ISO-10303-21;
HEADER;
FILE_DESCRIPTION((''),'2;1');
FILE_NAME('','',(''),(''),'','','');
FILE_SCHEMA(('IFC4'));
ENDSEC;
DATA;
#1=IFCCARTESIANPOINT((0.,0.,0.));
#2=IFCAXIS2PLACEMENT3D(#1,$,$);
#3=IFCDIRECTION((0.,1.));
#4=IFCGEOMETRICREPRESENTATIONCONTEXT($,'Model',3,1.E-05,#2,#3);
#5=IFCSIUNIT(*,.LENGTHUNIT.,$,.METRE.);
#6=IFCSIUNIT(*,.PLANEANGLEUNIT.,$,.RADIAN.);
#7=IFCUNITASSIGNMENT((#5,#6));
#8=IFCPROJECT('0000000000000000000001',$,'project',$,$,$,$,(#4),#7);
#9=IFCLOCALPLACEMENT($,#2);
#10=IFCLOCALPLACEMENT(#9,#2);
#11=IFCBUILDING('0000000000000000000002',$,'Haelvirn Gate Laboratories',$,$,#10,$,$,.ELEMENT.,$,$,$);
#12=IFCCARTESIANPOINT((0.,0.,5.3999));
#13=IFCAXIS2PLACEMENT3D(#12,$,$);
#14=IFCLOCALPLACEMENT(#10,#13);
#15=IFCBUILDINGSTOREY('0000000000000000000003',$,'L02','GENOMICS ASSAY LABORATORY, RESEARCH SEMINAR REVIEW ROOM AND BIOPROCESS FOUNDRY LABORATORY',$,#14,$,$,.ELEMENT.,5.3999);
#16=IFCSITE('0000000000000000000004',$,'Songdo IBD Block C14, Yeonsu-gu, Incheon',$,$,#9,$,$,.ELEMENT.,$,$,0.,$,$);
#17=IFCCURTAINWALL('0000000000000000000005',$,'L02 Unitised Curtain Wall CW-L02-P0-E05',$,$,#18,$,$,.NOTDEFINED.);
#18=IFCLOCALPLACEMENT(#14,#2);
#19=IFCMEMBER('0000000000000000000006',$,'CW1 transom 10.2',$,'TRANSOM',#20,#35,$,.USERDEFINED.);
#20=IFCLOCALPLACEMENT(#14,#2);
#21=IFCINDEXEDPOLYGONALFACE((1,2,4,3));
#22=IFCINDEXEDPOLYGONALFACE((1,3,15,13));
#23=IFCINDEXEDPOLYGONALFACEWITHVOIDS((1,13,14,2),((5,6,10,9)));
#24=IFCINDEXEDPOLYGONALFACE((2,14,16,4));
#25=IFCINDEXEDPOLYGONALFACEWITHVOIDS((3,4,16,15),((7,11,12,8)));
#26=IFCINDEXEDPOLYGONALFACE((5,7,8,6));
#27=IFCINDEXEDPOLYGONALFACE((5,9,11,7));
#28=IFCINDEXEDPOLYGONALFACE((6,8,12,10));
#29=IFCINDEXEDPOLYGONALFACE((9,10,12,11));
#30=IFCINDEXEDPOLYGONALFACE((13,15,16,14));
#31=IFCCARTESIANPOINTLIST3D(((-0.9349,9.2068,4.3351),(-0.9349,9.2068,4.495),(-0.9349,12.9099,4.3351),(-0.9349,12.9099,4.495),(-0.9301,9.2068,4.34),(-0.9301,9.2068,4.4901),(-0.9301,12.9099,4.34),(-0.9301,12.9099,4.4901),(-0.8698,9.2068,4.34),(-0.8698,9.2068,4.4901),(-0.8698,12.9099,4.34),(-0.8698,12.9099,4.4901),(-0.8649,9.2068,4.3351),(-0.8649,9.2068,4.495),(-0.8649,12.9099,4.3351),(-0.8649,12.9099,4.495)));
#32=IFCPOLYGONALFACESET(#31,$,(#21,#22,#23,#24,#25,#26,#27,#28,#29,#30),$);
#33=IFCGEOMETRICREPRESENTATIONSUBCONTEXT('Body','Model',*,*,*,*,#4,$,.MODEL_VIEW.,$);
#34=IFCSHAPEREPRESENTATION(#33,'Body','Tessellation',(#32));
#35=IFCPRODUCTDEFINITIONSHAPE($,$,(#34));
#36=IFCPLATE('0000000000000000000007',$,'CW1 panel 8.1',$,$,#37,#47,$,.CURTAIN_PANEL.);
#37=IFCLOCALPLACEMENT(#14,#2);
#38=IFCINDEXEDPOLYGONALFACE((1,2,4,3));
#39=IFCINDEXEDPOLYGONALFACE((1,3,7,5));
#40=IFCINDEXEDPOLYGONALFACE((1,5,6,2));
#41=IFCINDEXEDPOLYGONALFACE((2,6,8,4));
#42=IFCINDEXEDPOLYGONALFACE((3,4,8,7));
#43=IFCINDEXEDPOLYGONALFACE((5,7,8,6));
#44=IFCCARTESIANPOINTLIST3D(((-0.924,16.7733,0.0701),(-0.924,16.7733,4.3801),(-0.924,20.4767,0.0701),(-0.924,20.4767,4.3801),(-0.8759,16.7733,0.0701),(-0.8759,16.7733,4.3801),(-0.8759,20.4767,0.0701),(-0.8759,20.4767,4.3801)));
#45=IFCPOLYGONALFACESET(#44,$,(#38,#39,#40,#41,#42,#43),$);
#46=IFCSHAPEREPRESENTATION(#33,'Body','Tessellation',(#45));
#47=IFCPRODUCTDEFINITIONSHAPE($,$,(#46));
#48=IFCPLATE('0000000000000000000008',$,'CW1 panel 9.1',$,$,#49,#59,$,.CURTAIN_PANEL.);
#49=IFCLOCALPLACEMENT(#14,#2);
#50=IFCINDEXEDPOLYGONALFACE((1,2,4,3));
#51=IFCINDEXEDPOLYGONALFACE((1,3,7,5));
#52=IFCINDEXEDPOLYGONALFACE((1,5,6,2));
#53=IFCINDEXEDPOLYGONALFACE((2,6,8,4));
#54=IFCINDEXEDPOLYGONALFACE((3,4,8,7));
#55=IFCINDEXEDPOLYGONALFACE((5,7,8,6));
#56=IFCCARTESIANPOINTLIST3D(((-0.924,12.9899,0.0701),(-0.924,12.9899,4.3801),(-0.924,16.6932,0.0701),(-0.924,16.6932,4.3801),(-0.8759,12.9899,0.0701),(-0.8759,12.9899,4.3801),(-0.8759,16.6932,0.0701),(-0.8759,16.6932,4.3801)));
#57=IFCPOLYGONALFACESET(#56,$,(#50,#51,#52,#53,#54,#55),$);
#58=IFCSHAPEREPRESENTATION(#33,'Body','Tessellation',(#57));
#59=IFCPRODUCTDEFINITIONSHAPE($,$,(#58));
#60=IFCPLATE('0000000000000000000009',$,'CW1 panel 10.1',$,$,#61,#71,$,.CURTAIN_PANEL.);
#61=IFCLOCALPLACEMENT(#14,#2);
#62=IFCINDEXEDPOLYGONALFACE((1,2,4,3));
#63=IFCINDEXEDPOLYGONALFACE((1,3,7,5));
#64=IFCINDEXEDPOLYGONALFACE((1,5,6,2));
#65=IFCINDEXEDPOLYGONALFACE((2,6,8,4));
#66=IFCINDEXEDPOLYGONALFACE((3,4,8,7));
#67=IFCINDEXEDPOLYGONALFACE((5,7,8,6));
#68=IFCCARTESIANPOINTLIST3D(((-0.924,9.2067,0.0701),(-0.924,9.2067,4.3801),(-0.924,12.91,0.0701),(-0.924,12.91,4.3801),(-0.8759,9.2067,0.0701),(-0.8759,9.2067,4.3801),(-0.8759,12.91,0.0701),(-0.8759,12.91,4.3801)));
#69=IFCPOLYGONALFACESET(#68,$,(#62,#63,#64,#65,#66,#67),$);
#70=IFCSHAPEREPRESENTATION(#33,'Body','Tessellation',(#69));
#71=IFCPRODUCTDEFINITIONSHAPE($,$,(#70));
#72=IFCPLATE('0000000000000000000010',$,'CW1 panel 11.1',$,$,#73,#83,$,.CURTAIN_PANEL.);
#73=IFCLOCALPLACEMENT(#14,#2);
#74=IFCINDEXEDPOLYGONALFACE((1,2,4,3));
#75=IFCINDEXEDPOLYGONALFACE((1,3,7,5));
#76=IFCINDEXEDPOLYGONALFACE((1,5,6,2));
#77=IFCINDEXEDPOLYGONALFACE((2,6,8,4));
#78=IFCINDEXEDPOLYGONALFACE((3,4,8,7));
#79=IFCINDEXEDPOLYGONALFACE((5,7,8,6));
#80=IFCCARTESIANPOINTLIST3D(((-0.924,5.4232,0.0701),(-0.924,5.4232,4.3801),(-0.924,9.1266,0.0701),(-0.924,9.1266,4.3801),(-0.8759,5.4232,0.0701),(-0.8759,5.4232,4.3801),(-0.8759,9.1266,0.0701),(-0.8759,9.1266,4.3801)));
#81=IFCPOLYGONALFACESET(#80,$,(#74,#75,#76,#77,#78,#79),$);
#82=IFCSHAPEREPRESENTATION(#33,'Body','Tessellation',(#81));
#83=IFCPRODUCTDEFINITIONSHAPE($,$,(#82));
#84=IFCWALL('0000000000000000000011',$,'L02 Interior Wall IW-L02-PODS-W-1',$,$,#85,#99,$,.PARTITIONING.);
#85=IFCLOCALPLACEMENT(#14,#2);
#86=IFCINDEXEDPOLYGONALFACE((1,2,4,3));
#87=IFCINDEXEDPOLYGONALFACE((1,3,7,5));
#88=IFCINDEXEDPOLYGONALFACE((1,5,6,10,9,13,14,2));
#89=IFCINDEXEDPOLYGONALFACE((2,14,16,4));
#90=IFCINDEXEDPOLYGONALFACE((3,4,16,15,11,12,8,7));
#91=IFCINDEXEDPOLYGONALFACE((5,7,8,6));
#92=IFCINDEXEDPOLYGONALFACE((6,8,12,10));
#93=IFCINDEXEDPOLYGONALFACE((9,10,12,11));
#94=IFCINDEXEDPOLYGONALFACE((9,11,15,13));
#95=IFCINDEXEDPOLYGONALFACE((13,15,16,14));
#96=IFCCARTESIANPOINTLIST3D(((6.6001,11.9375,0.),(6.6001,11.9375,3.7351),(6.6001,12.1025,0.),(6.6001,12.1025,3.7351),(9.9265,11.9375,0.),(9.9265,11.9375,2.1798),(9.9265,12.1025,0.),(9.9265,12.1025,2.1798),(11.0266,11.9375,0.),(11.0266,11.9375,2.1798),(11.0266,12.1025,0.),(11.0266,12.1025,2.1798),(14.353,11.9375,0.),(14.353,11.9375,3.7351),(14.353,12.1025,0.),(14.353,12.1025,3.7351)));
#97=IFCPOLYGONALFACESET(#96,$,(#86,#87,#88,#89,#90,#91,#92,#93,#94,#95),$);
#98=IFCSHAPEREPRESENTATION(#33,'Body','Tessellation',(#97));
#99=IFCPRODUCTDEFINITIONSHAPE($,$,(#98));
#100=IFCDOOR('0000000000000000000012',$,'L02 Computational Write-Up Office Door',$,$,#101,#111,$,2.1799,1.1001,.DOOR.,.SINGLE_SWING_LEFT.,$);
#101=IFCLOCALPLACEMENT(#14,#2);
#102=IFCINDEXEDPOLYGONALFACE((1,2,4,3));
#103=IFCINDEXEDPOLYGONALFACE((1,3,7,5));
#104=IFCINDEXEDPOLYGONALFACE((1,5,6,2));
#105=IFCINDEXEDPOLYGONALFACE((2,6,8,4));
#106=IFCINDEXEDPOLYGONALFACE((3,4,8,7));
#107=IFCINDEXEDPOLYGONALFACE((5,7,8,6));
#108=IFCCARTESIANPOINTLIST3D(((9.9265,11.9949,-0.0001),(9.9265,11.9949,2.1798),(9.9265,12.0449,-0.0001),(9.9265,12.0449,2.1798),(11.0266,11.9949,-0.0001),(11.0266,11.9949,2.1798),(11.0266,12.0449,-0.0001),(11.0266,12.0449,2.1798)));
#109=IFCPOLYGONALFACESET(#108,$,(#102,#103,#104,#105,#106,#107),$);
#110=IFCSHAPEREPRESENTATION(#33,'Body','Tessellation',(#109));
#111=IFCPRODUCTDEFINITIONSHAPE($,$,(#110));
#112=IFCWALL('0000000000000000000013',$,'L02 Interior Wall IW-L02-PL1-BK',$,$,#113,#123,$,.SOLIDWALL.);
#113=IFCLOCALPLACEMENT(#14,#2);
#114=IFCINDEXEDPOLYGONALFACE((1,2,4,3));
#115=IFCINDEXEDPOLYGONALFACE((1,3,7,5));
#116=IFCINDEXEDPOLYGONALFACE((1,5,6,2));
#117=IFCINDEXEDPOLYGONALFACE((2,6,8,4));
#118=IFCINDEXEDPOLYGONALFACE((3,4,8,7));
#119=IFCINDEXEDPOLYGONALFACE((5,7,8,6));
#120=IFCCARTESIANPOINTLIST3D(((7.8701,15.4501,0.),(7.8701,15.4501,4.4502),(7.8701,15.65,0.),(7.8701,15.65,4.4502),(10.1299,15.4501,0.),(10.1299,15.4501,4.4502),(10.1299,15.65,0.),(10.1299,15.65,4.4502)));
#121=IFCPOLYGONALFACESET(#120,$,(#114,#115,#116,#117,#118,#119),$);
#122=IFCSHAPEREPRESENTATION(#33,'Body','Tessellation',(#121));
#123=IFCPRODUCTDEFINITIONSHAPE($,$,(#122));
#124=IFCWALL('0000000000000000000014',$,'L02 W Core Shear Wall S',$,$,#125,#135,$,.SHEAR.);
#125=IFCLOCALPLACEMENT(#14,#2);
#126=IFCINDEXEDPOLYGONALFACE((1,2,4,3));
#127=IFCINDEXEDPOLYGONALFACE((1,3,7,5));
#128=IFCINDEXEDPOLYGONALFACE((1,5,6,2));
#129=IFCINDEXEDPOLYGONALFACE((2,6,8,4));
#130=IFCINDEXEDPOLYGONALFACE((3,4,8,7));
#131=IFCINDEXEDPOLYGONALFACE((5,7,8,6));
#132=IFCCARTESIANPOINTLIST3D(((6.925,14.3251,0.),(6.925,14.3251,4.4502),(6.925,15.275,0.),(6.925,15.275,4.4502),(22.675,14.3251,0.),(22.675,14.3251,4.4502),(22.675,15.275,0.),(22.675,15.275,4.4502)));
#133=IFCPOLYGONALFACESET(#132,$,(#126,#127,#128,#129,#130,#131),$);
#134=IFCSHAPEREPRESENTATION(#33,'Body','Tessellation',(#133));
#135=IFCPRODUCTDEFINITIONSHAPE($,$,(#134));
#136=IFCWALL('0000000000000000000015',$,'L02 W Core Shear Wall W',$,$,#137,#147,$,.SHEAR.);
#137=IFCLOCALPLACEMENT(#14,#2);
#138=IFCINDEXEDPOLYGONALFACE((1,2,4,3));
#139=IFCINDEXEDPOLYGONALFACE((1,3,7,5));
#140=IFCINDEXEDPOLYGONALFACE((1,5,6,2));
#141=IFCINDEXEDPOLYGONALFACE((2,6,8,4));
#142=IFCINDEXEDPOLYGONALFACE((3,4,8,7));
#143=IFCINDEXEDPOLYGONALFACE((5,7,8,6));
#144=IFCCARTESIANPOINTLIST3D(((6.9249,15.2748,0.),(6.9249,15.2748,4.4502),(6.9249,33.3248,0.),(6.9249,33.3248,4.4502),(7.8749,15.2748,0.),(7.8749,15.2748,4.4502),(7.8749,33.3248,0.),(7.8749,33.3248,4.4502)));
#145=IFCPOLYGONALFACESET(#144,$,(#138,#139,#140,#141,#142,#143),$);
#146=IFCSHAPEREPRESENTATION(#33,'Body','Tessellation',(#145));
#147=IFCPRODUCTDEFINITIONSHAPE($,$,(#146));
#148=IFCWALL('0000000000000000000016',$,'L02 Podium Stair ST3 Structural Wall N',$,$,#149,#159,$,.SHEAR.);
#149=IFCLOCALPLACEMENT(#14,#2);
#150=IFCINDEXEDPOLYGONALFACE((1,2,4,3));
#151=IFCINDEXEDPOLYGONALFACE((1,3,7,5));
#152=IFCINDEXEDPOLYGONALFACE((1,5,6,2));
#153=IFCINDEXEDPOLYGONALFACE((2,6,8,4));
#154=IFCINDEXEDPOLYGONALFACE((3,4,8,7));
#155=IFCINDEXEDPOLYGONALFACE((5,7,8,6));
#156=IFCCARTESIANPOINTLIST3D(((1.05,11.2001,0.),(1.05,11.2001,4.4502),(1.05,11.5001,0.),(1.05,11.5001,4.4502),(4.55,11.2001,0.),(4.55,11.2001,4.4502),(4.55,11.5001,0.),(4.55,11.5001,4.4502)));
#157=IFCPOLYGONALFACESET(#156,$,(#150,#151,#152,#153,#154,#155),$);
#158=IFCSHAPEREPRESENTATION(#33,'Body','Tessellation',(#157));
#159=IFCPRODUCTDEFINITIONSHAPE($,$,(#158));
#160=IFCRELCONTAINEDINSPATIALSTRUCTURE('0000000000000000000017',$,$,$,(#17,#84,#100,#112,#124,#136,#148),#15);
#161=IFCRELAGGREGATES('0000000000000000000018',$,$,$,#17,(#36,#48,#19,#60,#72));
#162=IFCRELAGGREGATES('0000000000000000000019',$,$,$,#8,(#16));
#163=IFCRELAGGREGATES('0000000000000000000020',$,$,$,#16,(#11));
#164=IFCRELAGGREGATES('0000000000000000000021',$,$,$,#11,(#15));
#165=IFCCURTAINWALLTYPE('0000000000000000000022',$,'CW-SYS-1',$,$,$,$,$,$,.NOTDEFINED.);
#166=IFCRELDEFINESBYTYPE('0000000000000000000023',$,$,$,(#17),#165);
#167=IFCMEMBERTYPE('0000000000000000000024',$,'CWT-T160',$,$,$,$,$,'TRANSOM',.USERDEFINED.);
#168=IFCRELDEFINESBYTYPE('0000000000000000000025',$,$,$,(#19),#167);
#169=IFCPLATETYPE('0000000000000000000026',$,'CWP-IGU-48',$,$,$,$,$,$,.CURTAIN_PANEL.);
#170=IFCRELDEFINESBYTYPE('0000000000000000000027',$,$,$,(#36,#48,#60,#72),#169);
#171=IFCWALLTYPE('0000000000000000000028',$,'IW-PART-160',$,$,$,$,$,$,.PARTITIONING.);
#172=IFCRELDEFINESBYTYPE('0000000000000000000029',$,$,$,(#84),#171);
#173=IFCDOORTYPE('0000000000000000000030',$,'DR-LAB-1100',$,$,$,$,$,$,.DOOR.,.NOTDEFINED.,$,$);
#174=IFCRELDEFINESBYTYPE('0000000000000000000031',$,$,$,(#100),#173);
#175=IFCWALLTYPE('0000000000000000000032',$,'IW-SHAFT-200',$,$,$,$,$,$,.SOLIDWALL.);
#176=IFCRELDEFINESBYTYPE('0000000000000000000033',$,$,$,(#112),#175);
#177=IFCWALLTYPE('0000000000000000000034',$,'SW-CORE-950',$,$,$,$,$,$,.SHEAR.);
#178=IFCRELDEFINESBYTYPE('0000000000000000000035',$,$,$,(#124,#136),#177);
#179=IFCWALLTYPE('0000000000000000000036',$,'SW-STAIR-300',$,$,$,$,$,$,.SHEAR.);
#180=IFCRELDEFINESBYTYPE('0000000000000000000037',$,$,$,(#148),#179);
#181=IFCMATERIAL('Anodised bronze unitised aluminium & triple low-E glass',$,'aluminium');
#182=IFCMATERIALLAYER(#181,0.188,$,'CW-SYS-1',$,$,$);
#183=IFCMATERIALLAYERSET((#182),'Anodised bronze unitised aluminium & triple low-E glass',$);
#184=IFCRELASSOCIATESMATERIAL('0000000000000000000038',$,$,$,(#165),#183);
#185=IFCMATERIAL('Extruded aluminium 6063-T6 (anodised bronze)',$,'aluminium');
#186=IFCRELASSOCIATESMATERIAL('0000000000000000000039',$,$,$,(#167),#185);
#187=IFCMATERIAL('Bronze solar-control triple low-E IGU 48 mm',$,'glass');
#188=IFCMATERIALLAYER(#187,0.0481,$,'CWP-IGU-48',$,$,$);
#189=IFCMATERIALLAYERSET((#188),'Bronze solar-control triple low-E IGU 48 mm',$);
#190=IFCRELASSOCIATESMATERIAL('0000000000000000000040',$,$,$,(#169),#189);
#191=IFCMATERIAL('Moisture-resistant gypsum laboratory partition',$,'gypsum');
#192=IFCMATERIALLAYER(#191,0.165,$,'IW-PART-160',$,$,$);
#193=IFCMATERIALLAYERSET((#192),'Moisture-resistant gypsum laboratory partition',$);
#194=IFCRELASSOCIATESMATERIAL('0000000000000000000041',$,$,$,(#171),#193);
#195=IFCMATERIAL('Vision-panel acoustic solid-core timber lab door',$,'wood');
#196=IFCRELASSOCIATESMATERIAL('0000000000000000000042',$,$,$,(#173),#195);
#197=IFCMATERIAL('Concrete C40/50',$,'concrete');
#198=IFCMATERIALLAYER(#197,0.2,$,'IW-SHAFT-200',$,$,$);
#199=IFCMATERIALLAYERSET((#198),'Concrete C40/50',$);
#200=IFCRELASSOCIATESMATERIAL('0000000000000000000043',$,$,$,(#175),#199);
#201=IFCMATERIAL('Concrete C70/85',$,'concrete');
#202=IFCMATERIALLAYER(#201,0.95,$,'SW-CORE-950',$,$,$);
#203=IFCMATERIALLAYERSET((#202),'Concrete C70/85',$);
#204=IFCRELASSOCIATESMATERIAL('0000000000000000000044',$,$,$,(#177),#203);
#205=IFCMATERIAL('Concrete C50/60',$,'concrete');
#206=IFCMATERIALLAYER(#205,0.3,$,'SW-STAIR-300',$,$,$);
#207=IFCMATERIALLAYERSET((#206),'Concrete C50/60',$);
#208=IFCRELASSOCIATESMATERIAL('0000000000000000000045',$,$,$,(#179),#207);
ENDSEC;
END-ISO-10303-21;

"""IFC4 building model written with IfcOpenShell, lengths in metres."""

from ifc_helpers import new_model, si_unit, direction, frame, frame_2d, origin, origin_2d, place, context, subcontext, project, spatial, rectangle, hollow_rectangle, extrude, source, transform, mapped, material, layer, layer_set, material_profile, profile_set, type_object, type_shapes, element, fill, aggregate, save


model = new_model("IFC4")

# Units and contexts
model_context = context("Model", 3, precision=1e-05, world=origin(), true_north=direction((0.0, 1.0)))
body_context = subcontext(model_context, "Body", "Model", "MODEL_VIEW")
ifc_project = project(units=[si_unit("LENGTHUNIT", "METRE"), si_unit("PLANEANGLEUNIT", "RADIAN")], contexts=[model_context])

# Site, building, storey
site_placement = place(None, origin())
site = spatial("IfcSite", under=ifc_project, at=site_placement, Name="Songdo IBD Block C14, Yeonsu-gu, Incheon", CompositionType="ELEMENT", RefElevation=0.0)
building_placement = place(site_placement, origin())
building = spatial("IfcBuilding", under=site, at=building_placement, Name="Haelvirn Gate Laboratories", CompositionType="ELEMENT")
storey_placement = place(building_placement, frame((0.0, 0.0, 5.3999)))
storey = spatial("IfcBuildingStorey", under=building, at=storey_placement, Name="L02", Description="GENOMICS ASSAY LABORATORY, RESEARCH SEMINAR REVIEW ROOM AND BIOPROCESS FOUNDRY LABORATORY", CompositionType="ELEMENT", Elevation=5.3999)

# Shared definitions
ifc_material_1 = material(Name="Concrete C70/85", Category="concrete")

# Curtain wall, member, plates
ifc_material_2 = material(Name="Anodised bronze unitised aluminium & triple low-E glass", Category="aluminium")
ifc_layer_1 = layer(ifc_material_2, 0.188, Name="CW-SYS-1")
ifc_layer_set_1 = layer_set([ifc_layer_1], Name="Anodised bronze unitised aluminium & triple low-E glass")
curtain_wall_type = type_object("IfcCurtainWallType", Name="CW-SYS-1", PredefinedType="NOTDEFINED", material=ifc_layer_set_1)
curtain_wall_placement = place(storey_placement, origin())
curtain_wall = element("IfcCurtainWall", 1, at=curtain_wall_placement, inside=storey, type_object=curtain_wall_type, Name="L02 Unitised Curtain Wall CW-L02-P0-E05", PredefinedType="NOTDEFINED")
ifc_material_3 = material(Name="Extruded aluminium 6063-T6 (anodised bronze)", Category="aluminium")
ifc_material_profile_1 = material_profile(ifc_material_3, hollow_rectangle(XDim=0.0701, YDim=0.1599, WallThickness=0.0049, at=origin_2d()), Name="CWT-160x70x5")
ifc_profile_set_1 = profile_set([ifc_material_profile_1], Name="Extruded aluminium 6063-T6 (anodised bronze)")
member_type_1 = type_object("IfcMemberType", Name="CWT-T160", ElementType="TRANSOM", PredefinedType="USERDEFINED", material=ifc_profile_set_1)
shared_shape_1 = source(origin(), body_context, "Body", "SweptSolid", [
    extrude(hollow_rectangle(XDim=0.0701, YDim=0.1599, WallThickness=0.0049, at=origin_2d()), origin(), (0.0, 0.0, 1.0), 3.7031),
])
member_1_placement = place(storey_placement, frame((-0.8999, 12.9099, 4.415), z_axis=(0.0, -1.0, 0.0), x_axis=(1.0, 0.0, 0.0)))
member_1 = element("IfcMember", 2, at=member_1_placement, type_object=member_type_1, Name="CW1 transom 10.2", ObjectType="TRANSOM", PredefinedType="USERDEFINED", context=body_context, shape_type="MappedRepresentation", body=[
    mapped(shared_shape_1, transform((0.0, 0.0, 0.0), scale=1.0)),
])
ifc_material_4 = material(Name="Bronze solar-control triple low-E IGU 48 mm", Category="glass")
ifc_layer_2 = layer(ifc_material_4, 0.0481, Name="CWP-IGU-48")
ifc_layer_set_2 = layer_set([ifc_layer_2], Name="Bronze solar-control triple low-E IGU 48 mm")
plate_type = type_object("IfcPlateType", Name="CWP-IGU-48", PredefinedType="CURTAIN_PANEL", material=ifc_layer_set_2)
shared_shape_2 = source(origin(), body_context, "Body", "SweptSolid", [
    extrude(rectangle(XDim=3.7034, YDim=0.0481, at=origin_2d()), origin(), (0.0, 0.0, 1.0), 4.3101),
])
type_shapes(plate_type, [shared_shape_2])
plate_1_placement = place(storey_placement, frame((-0.8999, 18.625, 0.0701), z_axis=(0.0, 0.0, 1.0), x_axis=(0.0, -1.0, 0.0)))
plate_1 = element("IfcPlate", 3, at=plate_1_placement, type_object=plate_type, Name="CW1 panel 8.1", PredefinedType="CURTAIN_PANEL", context=body_context, shape_type="MappedRepresentation", body=[
    mapped(shared_shape_2, transform((0.0, 0.0, 0.0), scale=1.0)),
])
plate_2_placement = place(storey_placement, frame((-0.8999, 14.8416, 0.0701), z_axis=(0.0, 0.0, 1.0), x_axis=(0.0, -1.0, 0.0)))
plate_2 = element("IfcPlate", 4, at=plate_2_placement, type_object=plate_type, Name="CW1 panel 9.1", PredefinedType="CURTAIN_PANEL", context=body_context, shape_type="MappedRepresentation", body=[
    mapped(shared_shape_2, transform((0.0, 0.0, 0.0), scale=1.0)),
])
plate_3_placement = place(storey_placement, frame((-0.8999, 11.0583, 0.0701), z_axis=(0.0, 0.0, 1.0), x_axis=(0.0, -1.0, 0.0)))
plate_3 = element("IfcPlate", 5, at=plate_3_placement, type_object=plate_type, Name="CW1 panel 10.1", PredefinedType="CURTAIN_PANEL", context=body_context, shape_type="MappedRepresentation", body=[
    mapped(shared_shape_2, transform((0.0, 0.0, 0.0), scale=1.0)),
])
plate_4_placement = place(storey_placement, frame((-0.8999, 7.2749, 0.0701), z_axis=(0.0, 0.0, 1.0), x_axis=(0.0, -1.0, 0.0)))
plate_4 = element("IfcPlate", 6, at=plate_4_placement, type_object=plate_type, Name="CW1 panel 11.1", PredefinedType="CURTAIN_PANEL", context=body_context, shape_type="MappedRepresentation", body=[
    mapped(shared_shape_2, transform((0.0, 0.0, 0.0), scale=1.0)),
])
aggregate(curtain_wall, [plate_1, plate_2, member_1, plate_3, plate_4])

# Wall, opening, door
ifc_material_5 = material(Name="Moisture-resistant gypsum laboratory partition", Category="gypsum")
ifc_layer_3 = layer(ifc_material_5, 0.165, Name="IW-PART-160")
ifc_layer_set_3 = layer_set([ifc_layer_3], Name="Moisture-resistant gypsum laboratory partition")
wall_type_1 = type_object("IfcWallType", Name="IW-PART-160", PredefinedType="PARTITIONING", material=ifc_layer_set_3)
wall_1_placement = place(storey_placement, frame((6.6001, 12.02, 0.0), z_axis=(0.0, 0.0, 1.0), x_axis=(1.0, 0.0, 0.0)))
wall_1 = element("IfcWall", 7, at=wall_1_placement, inside=storey, type_object=wall_type_1, Name="L02 Interior Wall IW-L02-PODS-W-1", PredefinedType="PARTITIONING", context=body_context, shape_type="SweptSolid", body=[
    extrude(rectangle(XDim=7.7529, YDim=0.165, at=frame_2d((3.8765, 0.0))), origin(), (0.0, 0.0, 1.0), 3.7351),
])
opening_1_placement = place(wall_1_placement, frame((3.3264, 0.0, 0.0)))
opening_1 = element("IfcOpeningElement", 8, at=opening_1_placement, cuts=wall_1, PredefinedType="OPENING", context=body_context, shape_type="SweptSolid", body=[
    extrude(rectangle(XDim=1.1001, YDim=2.1799, at=frame_2d((0.55, 1.0898))), frame((0.0, 0.0925, 0.0), z_axis=(0.0, -1.0, 0.0), x_axis=(1.0, 0.0, 0.0)), (0.0, 0.0, 1.0), 0.1851),
])
ifc_material_6 = material(Name="Vision-panel acoustic solid-core timber lab door", Category="wood")
door_type_1 = type_object("IfcDoorType", Name="DR-LAB-1100", OperationType="NOTDEFINED", PredefinedType="DOOR", material=ifc_material_6)
shared_shape_3 = source(origin(), body_context, "Body", "SweptSolid", [
    extrude(rectangle(XDim=1.1001, YDim=2.1799, at=frame_2d((0.55, 1.0898))), frame((0.0, 0.0249, 0.0), z_axis=(0.0, -1.0, 0.0), x_axis=(1.0, 0.0, 0.0)), (0.0, 0.0, 1.0), 0.05),
])
type_shapes(door_type_1, [shared_shape_3])
door_1_placement = place(opening_1_placement, origin())
door_1 = element("IfcDoor", 9, at=door_1_placement, inside=storey, type_object=door_type_1, Name="L02 Computational Write-Up Office Door", OperationType="SINGLE_SWING_LEFT", OverallHeight=2.1799, OverallWidth=1.1001, PredefinedType="DOOR", context=body_context, shape_type="MappedRepresentation", body=[
    mapped(shared_shape_3, transform((0.0, 0.0, 0.0), scale=1.0)),
])
fill(opening_1, door_1)

# Walls
ifc_material_7 = material(Name="Concrete C40/50", Category="concrete")
ifc_layer_4 = layer(ifc_material_7, 0.2, Name="IW-SHAFT-200")
ifc_layer_set_4 = layer_set([ifc_layer_4], Name="Concrete C40/50")
wall_type_2 = type_object("IfcWallType", Name="IW-SHAFT-200", PredefinedType="SOLIDWALL", material=ifc_layer_set_4)
wall_2_placement = place(storey_placement, frame((7.8701, 15.55, 0.0), z_axis=(0.0, 0.0, 1.0), x_axis=(1.0, 0.0, 0.0)))
element("IfcWall", 10, at=wall_2_placement, inside=storey, type_object=wall_type_2, Name="L02 Interior Wall IW-L02-PL1-BK", PredefinedType="SOLIDWALL", context=body_context, shape_type="SweptSolid", body=[
    extrude(rectangle(XDim=2.2598, YDim=0.2, at=frame_2d((1.1299, 0.0))), origin(), (0.0, 0.0, 1.0), 4.4502),
])
ifc_layer_5 = layer(ifc_material_1, 0.95, Name="SW-CORE-950")
ifc_layer_set_5 = layer_set([ifc_layer_5], Name="Concrete C70/85")
wall_type_3 = type_object("IfcWallType", Name="SW-CORE-950", PredefinedType="SHEAR", material=ifc_layer_set_5)
wall_3_placement = place(storey_placement, frame((6.925, 14.8, 0.0), z_axis=(0.0, 0.0, 1.0), x_axis=(1.0, 0.0, 0.0)))
element("IfcWall", 11, at=wall_3_placement, inside=storey, type_object=wall_type_3, Name="L02 W Core Shear Wall S", PredefinedType="SHEAR", context=body_context, shape_type="SweptSolid", body=[
    extrude(rectangle(XDim=15.75, YDim=0.95, at=frame_2d((7.875, 0.0))), origin(), (0.0, 0.0, 1.0), 4.4502),
])
wall_4_placement = place(storey_placement, frame((7.3999, 15.2749, 0.0), z_axis=(0.0, 0.0, 1.0), x_axis=(0.0, 1.0, 0.0)))
element("IfcWall", 12, at=wall_4_placement, inside=storey, type_object=wall_type_3, Name="L02 W Core Shear Wall W", PredefinedType="SHEAR", context=body_context, shape_type="SweptSolid", body=[
    extrude(rectangle(XDim=18.05, YDim=0.95, at=frame_2d((9.0249, 0.0))), origin(), (0.0, 0.0, 1.0), 4.4502),
])
ifc_material_8 = material(Name="Concrete C50/60", Category="concrete")
ifc_layer_6 = layer(ifc_material_8, 0.3, Name="SW-STAIR-300")
ifc_layer_set_6 = layer_set([ifc_layer_6], Name="Concrete C50/60")
wall_type_4 = type_object("IfcWallType", Name="SW-STAIR-300", PredefinedType="SHEAR", material=ifc_layer_set_6)
wall_5_placement = place(storey_placement, frame((1.05, 11.3501, 0.0), z_axis=(0.0, 0.0, 1.0), x_axis=(1.0, 0.0, 0.0)))
element("IfcWall", 13, at=wall_5_placement, inside=storey, type_object=wall_type_4, Name="L02 Podium Stair ST3 Structural Wall N", PredefinedType="SHEAR", context=body_context, shape_type="SweptSolid", body=[
    extrude(rectangle(XDim=3.5, YDim=0.3, at=frame_2d((1.75, 0.0))), origin(), (0.0, 0.0, 1.0), 4.4502),
])

save(model, "model.ifc")
